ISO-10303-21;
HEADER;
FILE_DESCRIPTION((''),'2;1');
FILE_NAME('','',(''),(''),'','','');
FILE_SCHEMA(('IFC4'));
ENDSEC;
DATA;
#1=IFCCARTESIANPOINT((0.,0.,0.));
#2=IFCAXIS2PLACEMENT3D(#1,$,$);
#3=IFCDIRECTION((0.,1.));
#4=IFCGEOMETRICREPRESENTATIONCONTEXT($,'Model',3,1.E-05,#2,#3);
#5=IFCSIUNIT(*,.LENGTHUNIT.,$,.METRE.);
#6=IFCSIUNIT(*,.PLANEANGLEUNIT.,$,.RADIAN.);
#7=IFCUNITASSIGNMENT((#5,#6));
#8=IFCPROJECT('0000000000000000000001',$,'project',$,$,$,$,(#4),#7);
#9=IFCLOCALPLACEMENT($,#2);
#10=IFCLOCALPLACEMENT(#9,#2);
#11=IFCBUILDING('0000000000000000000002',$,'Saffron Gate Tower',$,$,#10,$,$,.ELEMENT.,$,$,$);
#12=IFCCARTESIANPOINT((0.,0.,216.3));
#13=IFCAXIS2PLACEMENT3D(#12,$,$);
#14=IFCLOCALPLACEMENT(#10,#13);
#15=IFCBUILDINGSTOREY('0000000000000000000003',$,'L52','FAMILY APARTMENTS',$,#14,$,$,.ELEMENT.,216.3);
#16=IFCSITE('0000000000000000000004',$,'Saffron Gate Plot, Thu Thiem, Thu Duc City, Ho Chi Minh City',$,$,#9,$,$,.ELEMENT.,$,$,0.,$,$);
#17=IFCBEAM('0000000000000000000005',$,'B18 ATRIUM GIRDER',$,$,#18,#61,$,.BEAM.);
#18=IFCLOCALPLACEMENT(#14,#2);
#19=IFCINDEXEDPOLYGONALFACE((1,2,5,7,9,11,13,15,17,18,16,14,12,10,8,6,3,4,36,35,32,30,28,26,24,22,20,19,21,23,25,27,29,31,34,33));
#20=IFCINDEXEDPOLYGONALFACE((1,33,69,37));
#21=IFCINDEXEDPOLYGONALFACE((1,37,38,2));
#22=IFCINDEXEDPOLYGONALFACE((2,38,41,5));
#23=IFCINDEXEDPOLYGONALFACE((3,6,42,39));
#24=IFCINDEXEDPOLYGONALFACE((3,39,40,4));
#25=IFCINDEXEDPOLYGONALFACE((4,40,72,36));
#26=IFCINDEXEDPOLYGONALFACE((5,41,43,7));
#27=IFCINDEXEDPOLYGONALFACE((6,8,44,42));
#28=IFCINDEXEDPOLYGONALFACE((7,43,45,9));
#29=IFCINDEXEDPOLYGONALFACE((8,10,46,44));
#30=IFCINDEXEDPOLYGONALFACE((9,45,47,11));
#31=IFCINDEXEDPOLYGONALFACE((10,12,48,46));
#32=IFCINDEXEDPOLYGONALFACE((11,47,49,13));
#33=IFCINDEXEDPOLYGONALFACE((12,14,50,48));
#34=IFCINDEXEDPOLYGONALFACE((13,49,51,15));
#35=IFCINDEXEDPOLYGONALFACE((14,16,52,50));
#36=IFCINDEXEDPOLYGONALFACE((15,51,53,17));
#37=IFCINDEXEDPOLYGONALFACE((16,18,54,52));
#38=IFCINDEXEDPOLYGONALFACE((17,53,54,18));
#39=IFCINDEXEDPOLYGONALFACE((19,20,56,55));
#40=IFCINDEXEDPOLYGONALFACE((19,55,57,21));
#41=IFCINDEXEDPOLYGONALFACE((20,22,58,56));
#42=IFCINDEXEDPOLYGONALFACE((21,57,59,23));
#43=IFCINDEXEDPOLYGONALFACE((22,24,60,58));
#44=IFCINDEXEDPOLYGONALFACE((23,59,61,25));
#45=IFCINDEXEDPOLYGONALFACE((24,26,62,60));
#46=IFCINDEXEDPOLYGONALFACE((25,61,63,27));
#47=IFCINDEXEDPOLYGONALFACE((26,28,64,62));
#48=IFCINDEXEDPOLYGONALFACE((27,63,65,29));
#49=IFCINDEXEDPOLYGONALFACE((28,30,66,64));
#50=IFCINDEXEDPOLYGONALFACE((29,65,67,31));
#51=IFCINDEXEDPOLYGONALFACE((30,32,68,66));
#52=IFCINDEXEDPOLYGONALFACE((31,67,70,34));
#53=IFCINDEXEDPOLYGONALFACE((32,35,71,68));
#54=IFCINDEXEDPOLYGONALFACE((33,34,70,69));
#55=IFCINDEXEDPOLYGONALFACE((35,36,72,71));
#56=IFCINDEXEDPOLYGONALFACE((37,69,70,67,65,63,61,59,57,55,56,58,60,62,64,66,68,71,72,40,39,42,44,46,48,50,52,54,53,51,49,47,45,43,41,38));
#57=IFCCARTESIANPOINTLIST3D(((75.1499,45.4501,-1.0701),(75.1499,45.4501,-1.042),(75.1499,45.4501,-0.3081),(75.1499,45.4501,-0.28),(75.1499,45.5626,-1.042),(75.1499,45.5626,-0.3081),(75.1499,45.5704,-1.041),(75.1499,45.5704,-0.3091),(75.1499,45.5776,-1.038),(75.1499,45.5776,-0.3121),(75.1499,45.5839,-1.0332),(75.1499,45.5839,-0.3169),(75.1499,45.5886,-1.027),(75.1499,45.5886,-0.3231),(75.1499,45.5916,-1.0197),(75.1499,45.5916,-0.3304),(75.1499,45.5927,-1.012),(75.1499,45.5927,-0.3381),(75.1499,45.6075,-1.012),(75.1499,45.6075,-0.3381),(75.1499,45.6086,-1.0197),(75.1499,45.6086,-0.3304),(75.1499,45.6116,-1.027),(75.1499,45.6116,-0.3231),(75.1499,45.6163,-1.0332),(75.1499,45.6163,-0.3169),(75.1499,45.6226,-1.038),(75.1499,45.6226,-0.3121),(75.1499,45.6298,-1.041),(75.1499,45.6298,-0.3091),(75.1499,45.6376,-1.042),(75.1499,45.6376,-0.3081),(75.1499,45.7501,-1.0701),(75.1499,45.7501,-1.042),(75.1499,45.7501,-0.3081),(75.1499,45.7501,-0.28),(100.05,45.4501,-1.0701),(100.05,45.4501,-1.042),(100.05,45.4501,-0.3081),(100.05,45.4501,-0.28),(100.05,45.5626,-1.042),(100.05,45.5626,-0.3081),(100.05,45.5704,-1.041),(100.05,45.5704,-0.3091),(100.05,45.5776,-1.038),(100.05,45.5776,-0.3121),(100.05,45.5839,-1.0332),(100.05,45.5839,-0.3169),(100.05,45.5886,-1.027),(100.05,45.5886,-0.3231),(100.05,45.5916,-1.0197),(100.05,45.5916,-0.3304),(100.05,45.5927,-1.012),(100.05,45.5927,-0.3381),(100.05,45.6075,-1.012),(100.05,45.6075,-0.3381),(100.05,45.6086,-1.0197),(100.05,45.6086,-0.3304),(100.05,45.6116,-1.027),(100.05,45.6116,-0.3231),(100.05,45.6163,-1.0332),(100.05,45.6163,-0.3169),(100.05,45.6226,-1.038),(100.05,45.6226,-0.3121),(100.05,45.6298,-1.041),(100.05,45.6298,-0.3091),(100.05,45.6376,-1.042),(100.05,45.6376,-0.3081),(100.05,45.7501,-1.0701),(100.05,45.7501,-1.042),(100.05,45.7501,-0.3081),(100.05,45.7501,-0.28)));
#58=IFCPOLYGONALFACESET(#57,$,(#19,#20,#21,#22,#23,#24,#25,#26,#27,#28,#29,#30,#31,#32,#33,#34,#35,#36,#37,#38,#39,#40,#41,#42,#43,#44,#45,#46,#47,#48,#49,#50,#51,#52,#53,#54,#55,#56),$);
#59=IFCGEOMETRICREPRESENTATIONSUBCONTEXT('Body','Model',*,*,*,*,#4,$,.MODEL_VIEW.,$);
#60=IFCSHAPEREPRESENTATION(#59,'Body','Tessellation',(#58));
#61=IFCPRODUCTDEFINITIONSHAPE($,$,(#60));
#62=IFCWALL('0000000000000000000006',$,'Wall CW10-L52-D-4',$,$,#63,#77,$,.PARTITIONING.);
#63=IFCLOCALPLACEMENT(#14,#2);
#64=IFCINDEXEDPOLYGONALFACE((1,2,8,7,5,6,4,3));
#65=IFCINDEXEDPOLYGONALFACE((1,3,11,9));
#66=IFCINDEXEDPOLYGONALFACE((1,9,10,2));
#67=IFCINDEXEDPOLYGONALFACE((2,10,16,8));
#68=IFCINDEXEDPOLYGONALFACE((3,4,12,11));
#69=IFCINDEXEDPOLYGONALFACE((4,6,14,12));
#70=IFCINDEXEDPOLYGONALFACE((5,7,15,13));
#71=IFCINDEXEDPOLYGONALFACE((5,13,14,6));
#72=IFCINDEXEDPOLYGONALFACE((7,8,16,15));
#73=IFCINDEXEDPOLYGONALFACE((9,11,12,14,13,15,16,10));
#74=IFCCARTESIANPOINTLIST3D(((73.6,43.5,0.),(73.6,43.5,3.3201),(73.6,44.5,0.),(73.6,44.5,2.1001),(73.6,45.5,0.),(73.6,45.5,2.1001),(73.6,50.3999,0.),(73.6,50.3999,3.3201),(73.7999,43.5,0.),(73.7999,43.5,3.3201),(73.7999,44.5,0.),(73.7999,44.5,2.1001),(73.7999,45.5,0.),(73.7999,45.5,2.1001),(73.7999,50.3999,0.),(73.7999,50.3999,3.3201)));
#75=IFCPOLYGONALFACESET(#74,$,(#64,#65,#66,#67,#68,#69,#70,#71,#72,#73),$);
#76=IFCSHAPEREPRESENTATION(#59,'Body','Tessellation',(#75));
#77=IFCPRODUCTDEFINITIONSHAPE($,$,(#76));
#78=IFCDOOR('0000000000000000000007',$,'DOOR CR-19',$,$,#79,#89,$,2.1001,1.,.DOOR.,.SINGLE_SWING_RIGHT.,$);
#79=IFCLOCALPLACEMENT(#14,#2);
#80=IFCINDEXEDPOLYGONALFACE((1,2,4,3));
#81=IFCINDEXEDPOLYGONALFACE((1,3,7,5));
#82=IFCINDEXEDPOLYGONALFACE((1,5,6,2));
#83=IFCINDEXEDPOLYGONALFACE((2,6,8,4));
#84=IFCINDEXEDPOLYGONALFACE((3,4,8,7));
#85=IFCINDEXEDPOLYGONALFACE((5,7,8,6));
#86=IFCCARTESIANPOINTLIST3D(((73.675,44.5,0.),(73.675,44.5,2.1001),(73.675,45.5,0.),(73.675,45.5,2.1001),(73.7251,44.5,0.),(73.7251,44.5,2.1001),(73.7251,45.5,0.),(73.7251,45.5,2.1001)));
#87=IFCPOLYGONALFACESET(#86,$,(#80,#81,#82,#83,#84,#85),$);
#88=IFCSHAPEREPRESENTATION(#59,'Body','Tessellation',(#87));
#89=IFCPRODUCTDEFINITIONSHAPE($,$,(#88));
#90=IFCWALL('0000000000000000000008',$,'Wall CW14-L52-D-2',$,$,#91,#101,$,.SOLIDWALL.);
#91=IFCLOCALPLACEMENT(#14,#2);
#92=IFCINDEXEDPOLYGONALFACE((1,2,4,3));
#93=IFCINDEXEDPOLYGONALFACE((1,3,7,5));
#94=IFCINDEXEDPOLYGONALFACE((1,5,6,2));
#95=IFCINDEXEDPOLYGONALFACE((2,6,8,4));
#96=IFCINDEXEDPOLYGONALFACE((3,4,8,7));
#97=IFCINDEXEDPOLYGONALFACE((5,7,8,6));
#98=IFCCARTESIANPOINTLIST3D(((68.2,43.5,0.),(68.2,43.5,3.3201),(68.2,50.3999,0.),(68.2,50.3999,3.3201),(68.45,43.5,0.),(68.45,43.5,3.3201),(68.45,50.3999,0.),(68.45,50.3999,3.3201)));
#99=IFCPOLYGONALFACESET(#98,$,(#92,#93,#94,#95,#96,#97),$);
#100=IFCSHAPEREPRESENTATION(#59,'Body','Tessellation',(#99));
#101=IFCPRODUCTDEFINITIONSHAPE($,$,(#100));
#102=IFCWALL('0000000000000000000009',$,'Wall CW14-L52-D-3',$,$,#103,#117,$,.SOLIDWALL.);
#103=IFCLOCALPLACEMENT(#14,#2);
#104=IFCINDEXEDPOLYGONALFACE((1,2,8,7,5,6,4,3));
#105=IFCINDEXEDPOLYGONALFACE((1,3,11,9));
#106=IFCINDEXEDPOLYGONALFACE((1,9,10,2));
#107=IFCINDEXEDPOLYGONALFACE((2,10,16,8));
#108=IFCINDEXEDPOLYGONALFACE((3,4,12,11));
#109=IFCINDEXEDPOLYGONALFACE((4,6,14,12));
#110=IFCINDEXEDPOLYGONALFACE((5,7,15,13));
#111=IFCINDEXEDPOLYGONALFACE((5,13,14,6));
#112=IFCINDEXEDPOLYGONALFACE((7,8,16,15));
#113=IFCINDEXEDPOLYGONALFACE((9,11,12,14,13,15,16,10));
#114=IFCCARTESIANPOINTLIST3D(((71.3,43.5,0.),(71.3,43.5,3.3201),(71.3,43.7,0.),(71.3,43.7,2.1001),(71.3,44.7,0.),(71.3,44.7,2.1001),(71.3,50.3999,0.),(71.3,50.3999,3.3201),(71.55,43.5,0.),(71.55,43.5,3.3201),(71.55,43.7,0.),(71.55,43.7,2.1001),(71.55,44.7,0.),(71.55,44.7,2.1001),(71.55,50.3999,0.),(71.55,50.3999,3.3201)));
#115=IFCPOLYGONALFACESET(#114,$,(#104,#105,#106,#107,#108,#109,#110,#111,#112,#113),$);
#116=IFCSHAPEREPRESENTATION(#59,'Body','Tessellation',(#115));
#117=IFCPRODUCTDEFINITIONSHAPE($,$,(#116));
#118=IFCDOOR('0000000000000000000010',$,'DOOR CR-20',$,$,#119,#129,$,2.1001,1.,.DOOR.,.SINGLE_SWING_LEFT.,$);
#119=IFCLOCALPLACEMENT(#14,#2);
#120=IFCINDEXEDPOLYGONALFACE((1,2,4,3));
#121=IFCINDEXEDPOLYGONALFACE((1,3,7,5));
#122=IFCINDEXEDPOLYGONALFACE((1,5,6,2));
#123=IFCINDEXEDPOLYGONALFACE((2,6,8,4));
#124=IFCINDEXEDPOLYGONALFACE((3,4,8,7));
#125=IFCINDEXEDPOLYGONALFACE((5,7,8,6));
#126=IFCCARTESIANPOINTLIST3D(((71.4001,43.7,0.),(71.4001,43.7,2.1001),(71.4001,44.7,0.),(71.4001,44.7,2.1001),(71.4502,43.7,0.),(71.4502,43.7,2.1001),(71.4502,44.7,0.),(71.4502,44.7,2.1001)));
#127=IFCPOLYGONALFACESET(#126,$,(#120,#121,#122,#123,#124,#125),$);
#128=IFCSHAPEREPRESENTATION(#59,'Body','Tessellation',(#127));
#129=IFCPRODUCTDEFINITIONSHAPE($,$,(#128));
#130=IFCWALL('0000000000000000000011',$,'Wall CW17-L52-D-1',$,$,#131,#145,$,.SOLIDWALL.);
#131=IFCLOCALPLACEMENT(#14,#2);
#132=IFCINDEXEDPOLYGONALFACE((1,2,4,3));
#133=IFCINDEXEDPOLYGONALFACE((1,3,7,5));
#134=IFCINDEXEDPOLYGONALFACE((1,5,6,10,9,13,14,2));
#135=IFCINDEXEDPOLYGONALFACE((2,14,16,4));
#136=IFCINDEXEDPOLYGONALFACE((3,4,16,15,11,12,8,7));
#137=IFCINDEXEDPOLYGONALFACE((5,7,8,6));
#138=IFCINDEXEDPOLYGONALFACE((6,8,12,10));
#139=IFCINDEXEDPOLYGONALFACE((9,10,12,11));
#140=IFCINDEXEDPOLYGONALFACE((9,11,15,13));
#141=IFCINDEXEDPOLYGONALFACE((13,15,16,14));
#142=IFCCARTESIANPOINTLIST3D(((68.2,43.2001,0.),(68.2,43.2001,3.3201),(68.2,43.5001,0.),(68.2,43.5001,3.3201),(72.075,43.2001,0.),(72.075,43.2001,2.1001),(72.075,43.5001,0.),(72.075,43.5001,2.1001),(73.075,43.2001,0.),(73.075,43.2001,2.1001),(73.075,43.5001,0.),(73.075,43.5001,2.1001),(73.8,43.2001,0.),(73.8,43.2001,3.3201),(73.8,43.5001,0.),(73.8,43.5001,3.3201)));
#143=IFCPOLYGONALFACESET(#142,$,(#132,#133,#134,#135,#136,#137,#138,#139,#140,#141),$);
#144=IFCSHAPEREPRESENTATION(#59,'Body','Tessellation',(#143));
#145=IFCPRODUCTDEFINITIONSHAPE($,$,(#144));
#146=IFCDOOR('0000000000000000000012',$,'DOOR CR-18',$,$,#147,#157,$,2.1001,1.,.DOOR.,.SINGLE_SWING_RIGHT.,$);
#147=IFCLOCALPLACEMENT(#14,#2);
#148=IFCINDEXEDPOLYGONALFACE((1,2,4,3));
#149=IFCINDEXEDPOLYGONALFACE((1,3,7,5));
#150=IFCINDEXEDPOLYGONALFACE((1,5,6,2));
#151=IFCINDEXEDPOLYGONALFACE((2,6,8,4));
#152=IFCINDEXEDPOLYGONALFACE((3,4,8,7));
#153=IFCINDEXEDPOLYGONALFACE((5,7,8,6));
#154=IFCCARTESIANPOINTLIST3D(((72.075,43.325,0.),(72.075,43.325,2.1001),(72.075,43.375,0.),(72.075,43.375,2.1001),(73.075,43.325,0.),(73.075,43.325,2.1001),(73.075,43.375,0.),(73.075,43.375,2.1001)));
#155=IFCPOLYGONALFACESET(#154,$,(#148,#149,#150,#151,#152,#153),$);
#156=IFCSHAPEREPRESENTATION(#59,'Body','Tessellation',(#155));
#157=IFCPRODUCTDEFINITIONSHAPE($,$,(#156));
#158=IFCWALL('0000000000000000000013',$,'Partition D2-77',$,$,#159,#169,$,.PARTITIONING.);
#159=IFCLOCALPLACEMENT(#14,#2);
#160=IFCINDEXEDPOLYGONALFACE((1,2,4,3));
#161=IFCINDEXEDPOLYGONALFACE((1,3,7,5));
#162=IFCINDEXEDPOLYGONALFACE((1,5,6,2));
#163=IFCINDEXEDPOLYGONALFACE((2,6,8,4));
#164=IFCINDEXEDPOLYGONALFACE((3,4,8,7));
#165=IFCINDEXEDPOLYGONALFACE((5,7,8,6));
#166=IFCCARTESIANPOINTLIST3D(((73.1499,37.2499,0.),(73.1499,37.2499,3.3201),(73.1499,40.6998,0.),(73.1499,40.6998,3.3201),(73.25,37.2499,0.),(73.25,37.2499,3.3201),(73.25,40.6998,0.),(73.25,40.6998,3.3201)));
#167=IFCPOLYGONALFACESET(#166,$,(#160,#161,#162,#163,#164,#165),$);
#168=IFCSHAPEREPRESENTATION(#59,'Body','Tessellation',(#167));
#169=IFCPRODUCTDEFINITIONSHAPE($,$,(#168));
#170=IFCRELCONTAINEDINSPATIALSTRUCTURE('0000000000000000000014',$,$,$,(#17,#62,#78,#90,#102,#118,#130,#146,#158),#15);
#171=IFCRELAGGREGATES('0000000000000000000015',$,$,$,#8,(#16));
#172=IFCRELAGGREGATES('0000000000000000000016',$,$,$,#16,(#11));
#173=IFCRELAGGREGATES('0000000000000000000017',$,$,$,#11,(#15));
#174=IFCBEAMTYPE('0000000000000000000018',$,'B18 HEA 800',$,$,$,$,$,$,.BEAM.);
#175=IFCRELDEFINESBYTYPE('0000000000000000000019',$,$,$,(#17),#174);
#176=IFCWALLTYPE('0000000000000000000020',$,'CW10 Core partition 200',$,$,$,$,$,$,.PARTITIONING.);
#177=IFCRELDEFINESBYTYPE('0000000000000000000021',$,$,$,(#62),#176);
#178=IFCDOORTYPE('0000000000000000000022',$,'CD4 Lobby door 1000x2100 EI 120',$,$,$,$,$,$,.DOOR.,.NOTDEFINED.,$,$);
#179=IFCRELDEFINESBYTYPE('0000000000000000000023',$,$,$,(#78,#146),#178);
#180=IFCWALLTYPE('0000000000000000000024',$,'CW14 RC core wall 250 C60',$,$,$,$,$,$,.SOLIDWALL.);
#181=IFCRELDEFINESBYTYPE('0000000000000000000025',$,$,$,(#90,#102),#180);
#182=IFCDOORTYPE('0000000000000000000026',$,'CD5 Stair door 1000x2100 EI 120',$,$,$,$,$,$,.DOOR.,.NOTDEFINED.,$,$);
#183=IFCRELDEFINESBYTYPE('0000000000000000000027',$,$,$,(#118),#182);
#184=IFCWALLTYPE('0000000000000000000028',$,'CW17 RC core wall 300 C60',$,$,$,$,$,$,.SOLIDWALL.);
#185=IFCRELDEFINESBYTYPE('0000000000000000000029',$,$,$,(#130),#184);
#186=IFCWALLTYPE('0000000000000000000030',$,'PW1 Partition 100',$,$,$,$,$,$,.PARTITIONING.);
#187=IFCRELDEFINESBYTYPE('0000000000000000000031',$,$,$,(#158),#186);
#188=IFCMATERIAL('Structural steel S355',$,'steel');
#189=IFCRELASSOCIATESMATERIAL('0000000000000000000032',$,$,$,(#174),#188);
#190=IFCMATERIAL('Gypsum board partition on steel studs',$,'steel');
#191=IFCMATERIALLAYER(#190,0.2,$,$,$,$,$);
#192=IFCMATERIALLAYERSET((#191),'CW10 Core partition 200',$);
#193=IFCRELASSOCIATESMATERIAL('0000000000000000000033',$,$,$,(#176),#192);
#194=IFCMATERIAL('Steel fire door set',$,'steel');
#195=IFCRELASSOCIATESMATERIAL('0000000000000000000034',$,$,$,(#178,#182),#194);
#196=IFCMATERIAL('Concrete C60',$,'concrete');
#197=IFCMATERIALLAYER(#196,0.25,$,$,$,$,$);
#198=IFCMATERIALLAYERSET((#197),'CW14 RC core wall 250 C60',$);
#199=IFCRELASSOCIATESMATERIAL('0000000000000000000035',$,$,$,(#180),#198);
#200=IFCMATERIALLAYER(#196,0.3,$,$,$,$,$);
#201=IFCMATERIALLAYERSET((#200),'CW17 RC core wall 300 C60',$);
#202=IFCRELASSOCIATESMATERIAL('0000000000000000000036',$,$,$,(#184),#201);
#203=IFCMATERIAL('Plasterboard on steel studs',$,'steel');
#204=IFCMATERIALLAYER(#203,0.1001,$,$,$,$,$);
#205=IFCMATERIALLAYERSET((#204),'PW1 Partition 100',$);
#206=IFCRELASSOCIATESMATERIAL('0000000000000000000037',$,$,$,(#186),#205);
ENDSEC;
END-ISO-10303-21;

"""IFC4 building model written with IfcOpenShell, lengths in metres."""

from ifc_helpers import new_model, si_unit, direction, frame, frame_2d, origin, origin_2d, place, context, subcontext, project, spatial, rectangle, i_section, extrude, material, layer, layer_set, material_profile, profile_set, type_object, element, fill, save


model = new_model("IFC4")

# Units and contexts
model_context = context("Model", 3, precision=1e-05, world=origin(), true_north=direction((0.0, 1.0)))
body_context = subcontext(model_context, "Body", "Model", "MODEL_VIEW")
ifc_project = project(units=[si_unit("LENGTHUNIT", "METRE"), si_unit("PLANEANGLEUNIT", "RADIAN")], contexts=[model_context])

# Site, building, storey
site_placement = place(None, origin())
site = spatial("IfcSite", under=ifc_project, at=site_placement, Name="Saffron Gate Plot, Thu Thiem, Thu Duc City, Ho Chi Minh City", CompositionType="ELEMENT", RefElevation=0.0)
building_placement = place(site_placement, origin())
building = spatial("IfcBuilding", under=site, at=building_placement, Name="Saffron Gate Tower", CompositionType="ELEMENT")
storey_placement = place(building_placement, frame((0.0, 0.0, 216.3)))
storey = spatial("IfcBuildingStorey", under=building, at=storey_placement, Name="L52", Description="FAMILY APARTMENTS", CompositionType="ELEMENT", Elevation=216.3)

# Beam
ifc_material_1 = material(Name="Structural steel S355", Category="steel")
ifc_material_profile = material_profile(ifc_material_1, i_section(OverallWidth=0.3, OverallDepth=0.79, WebThickness=0.0149, FlangeThickness=0.0281, FilletRadius=0.03, at=origin_2d()))
ifc_profile_set = profile_set([ifc_material_profile], Name="Structural steel S355")
beam_type = type_object("IfcBeamType", Name="B18 HEA 800", PredefinedType="BEAM", material=ifc_profile_set)
beam_placement = place(storey_placement, frame((75.1499, 45.6001, -0.675), z_axis=(1.0, 0.0, 0.0), x_axis=(0.0, 1.0, 0.0)))
element("IfcBeam", 1, at=beam_placement, inside=storey, type_object=beam_type, Name="B18 ATRIUM GIRDER", PredefinedType="BEAM", context=body_context, shape_type="SweptSolid", body=[
    extrude(i_section(OverallWidth=0.3, OverallDepth=0.79, WebThickness=0.0149, FlangeThickness=0.0281, FilletRadius=0.03, at=origin_2d()), origin(), (0.0, 0.0, 1.0), 24.9001),
])

# Wall, opening, door
ifc_material_2 = material(Name="Gypsum board partition on steel studs", Category="steel")
ifc_layer_1 = layer(ifc_material_2, 0.2)
ifc_layer_set_1 = layer_set([ifc_layer_1], Name="CW10 Core partition 200")
wall_type_1 = type_object("IfcWallType", Name="CW10 Core partition 200", PredefinedType="PARTITIONING", material=ifc_layer_set_1)
wall_1_placement = place(storey_placement, frame((73.7, 43.5, 0.0), z_axis=(0.0, 0.0, 1.0), x_axis=(0.0, 1.0, 0.0)))
wall_1 = element("IfcWall", 2, at=wall_1_placement, inside=storey, type_object=wall_type_1, Name="Wall CW10-L52-D-4", PredefinedType="PARTITIONING", context=body_context, shape_type="SweptSolid", body=[
    extrude(rectangle(XDim=6.8999, YDim=0.2, at=frame_2d((3.45, 0.0))), origin(), (0.0, 0.0, 1.0), 3.3201),
])
opening_1_placement = place(wall_1_placement, frame((1.0, 0.0, 0.0)))
opening_1 = element("IfcOpeningElement", 3, at=opening_1_placement, cuts=wall_1, PredefinedType="OPENING", context=body_context, shape_type="SweptSolid", body=[
    extrude(rectangle(XDim=1.0, YDim=2.1001, at=frame_2d((0.5, 1.05))), frame((0.0, 0.1099, 0.0), z_axis=(0.0, -1.0, 0.0), x_axis=(1.0, 0.0, 0.0)), (0.0, 0.0, 1.0), 0.22),
])
ifc_material_3 = material(Name="Steel fire door set", Category="steel")
door_type_1 = type_object("IfcDoorType", Name="CD4 Lobby door 1000x2100 EI 120", OperationType="NOTDEFINED", PredefinedType="DOOR", material=ifc_material_3)
door_1_placement = place(opening_1_placement, origin())
door_1 = element("IfcDoor", 4, at=door_1_placement, inside=storey, type_object=door_type_1, Name="DOOR CR-19", OperationType="SINGLE_SWING_RIGHT", OverallHeight=2.1001, OverallWidth=1.0, PredefinedType="DOOR", context=body_context, shape_type="SweptSolid", body=[
    extrude(rectangle(XDim=1.0, YDim=2.1001, at=frame_2d((0.5, 1.05))), frame((0.0, 0.0249, 0.0), z_axis=(0.0, -1.0, 0.0), x_axis=(1.0, 0.0, 0.0)), (0.0, 0.0, 1.0), 0.05),
])
fill(opening_1, door_1)

# Wall
ifc_material_4 = material(Name="Concrete C60", Category="concrete")
ifc_layer_2 = layer(ifc_material_4, 0.25)
ifc_layer_set_2 = layer_set([ifc_layer_2], Name="CW14 RC core wall 250 C60")
wall_type_2 = type_object("IfcWallType", Name="CW14 RC core wall 250 C60", PredefinedType="SOLIDWALL", material=ifc_layer_set_2)
wall_2_placement = place(storey_placement, frame((68.325, 43.5, 0.0), z_axis=(0.0, 0.0, 1.0), x_axis=(0.0, 1.0, 0.0)))
element("IfcWall", 5, at=wall_2_placement, inside=storey, type_object=wall_type_2, Name="Wall CW14-L52-D-2", PredefinedType="SOLIDWALL", context=body_context, shape_type="SweptSolid", body=[
    extrude(rectangle(XDim=6.8999, YDim=0.25, at=frame_2d((3.45, 0.0))), origin(), (0.0, 0.0, 1.0), 3.3201),
])

# Walls, openings, doors
wall_3_placement = place(storey_placement, frame((71.425, 43.5, 0.0), z_axis=(0.0, 0.0, 1.0), x_axis=(0.0, 1.0, 0.0)))
wall_3 = element("IfcWall", 6, at=wall_3_placement, inside=storey, type_object=wall_type_2, Name="Wall CW14-L52-D-3", PredefinedType="SOLIDWALL", context=body_context, shape_type="SweptSolid", body=[
    extrude(rectangle(XDim=6.8999, YDim=0.25, at=frame_2d((3.45, 0.0))), origin(), (0.0, 0.0, 1.0), 3.3201),
])
opening_2_placement = place(wall_3_placement, frame((0.2, 0.0, 0.0)))
opening_2 = element("IfcOpeningElement", 7, at=opening_2_placement, cuts=wall_3, PredefinedType="OPENING", context=body_context, shape_type="SweptSolid", body=[
    extrude(rectangle(XDim=1.0, YDim=2.1001, at=frame_2d((0.5, 1.05))), frame((0.0, 0.135, 0.0), z_axis=(0.0, -1.0, 0.0), x_axis=(1.0, 0.0, 0.0)), (0.0, 0.0, 1.0), 0.27),
])
door_type_2 = type_object("IfcDoorType", Name="CD5 Stair door 1000x2100 EI 120", OperationType="NOTDEFINED", PredefinedType="DOOR", material=ifc_material_3)
door_2_placement = place(opening_2_placement, origin())
door_2 = element("IfcDoor", 8, at=door_2_placement, inside=storey, type_object=door_type_2, Name="DOOR CR-20", OperationType="SINGLE_SWING_LEFT", OverallHeight=2.1001, OverallWidth=1.0, PredefinedType="DOOR", context=body_context, shape_type="SweptSolid", body=[
    extrude(rectangle(XDim=1.0, YDim=2.1001, at=frame_2d((0.5, 1.05))), frame((0.0, 0.0249, 0.0), z_axis=(0.0, -1.0, 0.0), x_axis=(1.0, 0.0, 0.0)), (0.0, 0.0, 1.0), 0.05),
])
fill(opening_2, door_2)
ifc_layer_3 = layer(ifc_material_4, 0.3)
ifc_layer_set_3 = layer_set([ifc_layer_3], Name="CW17 RC core wall 300 C60")
wall_type_3 = type_object("IfcWallType", Name="CW17 RC core wall 300 C60", PredefinedType="SOLIDWALL", material=ifc_layer_set_3)
wall_4_placement = place(storey_placement, frame((68.2, 43.3501, 0.0), z_axis=(0.0, 0.0, 1.0), x_axis=(1.0, 0.0, 0.0)))
wall_4 = element("IfcWall", 9, at=wall_4_placement, inside=storey, type_object=wall_type_3, Name="Wall CW17-L52-D-1", PredefinedType="SOLIDWALL", context=body_context, shape_type="SweptSolid", body=[
    extrude(rectangle(XDim=5.6001, YDim=0.3, at=frame_2d((2.8, 0.0))), origin(), (0.0, 0.0, 1.0), 3.3201),
])
opening_3_placement = place(wall_4_placement, frame((3.875, 0.0, 0.0)))
opening_3 = element("IfcOpeningElement", 10, at=opening_3_placement, cuts=wall_4, PredefinedType="OPENING", context=body_context, shape_type="SweptSolid", body=[
    extrude(rectangle(XDim=1.0, YDim=2.1001, at=frame_2d((0.5, 1.05))), frame((0.0, 0.1602, 0.0), z_axis=(0.0, -1.0, 0.0), x_axis=(1.0, 0.0, 0.0)), (0.0, 0.0, 1.0), 0.3201),
])
door_3_placement = place(opening_3_placement, origin())
door_3 = element("IfcDoor", 11, at=door_3_placement, inside=storey, type_object=door_type_1, Name="DOOR CR-18", OperationType="SINGLE_SWING_RIGHT", OverallHeight=2.1001, OverallWidth=1.0, PredefinedType="DOOR", context=body_context, shape_type="SweptSolid", body=[
    extrude(rectangle(XDim=1.0, YDim=2.1001, at=frame_2d((0.5, 1.05))), frame((0.0, 0.0249, 0.0), z_axis=(0.0, -1.0, 0.0), x_axis=(1.0, 0.0, 0.0)), (0.0, 0.0, 1.0), 0.05),
])
fill(opening_3, door_3)

# Wall
ifc_material_5 = material(Name="Plasterboard on steel studs", Category="steel")
ifc_layer_4 = layer(ifc_material_5, 0.1001)
ifc_layer_set_4 = layer_set([ifc_layer_4], Name="PW1 Partition 100")
wall_type_4 = type_object("IfcWallType", Name="PW1 Partition 100", PredefinedType="PARTITIONING", material=ifc_layer_set_4)
wall_5_placement = place(storey_placement, frame((73.2, 40.7, 0.0), z_axis=(0.0, 0.0, 1.0), x_axis=(0.0, -1.0, 0.0)))
element("IfcWall", 12, at=wall_5_placement, inside=storey, type_object=wall_type_4, Name="Partition D2-77", PredefinedType="PARTITIONING", context=body_context, shape_type="SweptSolid", body=[
    extrude(rectangle(XDim=3.45, YDim=0.1001, at=frame_2d((1.7251, 0.0))), origin(), (0.0, 0.0, 1.0), 3.3201),
])

save(model, "model.ifc")
